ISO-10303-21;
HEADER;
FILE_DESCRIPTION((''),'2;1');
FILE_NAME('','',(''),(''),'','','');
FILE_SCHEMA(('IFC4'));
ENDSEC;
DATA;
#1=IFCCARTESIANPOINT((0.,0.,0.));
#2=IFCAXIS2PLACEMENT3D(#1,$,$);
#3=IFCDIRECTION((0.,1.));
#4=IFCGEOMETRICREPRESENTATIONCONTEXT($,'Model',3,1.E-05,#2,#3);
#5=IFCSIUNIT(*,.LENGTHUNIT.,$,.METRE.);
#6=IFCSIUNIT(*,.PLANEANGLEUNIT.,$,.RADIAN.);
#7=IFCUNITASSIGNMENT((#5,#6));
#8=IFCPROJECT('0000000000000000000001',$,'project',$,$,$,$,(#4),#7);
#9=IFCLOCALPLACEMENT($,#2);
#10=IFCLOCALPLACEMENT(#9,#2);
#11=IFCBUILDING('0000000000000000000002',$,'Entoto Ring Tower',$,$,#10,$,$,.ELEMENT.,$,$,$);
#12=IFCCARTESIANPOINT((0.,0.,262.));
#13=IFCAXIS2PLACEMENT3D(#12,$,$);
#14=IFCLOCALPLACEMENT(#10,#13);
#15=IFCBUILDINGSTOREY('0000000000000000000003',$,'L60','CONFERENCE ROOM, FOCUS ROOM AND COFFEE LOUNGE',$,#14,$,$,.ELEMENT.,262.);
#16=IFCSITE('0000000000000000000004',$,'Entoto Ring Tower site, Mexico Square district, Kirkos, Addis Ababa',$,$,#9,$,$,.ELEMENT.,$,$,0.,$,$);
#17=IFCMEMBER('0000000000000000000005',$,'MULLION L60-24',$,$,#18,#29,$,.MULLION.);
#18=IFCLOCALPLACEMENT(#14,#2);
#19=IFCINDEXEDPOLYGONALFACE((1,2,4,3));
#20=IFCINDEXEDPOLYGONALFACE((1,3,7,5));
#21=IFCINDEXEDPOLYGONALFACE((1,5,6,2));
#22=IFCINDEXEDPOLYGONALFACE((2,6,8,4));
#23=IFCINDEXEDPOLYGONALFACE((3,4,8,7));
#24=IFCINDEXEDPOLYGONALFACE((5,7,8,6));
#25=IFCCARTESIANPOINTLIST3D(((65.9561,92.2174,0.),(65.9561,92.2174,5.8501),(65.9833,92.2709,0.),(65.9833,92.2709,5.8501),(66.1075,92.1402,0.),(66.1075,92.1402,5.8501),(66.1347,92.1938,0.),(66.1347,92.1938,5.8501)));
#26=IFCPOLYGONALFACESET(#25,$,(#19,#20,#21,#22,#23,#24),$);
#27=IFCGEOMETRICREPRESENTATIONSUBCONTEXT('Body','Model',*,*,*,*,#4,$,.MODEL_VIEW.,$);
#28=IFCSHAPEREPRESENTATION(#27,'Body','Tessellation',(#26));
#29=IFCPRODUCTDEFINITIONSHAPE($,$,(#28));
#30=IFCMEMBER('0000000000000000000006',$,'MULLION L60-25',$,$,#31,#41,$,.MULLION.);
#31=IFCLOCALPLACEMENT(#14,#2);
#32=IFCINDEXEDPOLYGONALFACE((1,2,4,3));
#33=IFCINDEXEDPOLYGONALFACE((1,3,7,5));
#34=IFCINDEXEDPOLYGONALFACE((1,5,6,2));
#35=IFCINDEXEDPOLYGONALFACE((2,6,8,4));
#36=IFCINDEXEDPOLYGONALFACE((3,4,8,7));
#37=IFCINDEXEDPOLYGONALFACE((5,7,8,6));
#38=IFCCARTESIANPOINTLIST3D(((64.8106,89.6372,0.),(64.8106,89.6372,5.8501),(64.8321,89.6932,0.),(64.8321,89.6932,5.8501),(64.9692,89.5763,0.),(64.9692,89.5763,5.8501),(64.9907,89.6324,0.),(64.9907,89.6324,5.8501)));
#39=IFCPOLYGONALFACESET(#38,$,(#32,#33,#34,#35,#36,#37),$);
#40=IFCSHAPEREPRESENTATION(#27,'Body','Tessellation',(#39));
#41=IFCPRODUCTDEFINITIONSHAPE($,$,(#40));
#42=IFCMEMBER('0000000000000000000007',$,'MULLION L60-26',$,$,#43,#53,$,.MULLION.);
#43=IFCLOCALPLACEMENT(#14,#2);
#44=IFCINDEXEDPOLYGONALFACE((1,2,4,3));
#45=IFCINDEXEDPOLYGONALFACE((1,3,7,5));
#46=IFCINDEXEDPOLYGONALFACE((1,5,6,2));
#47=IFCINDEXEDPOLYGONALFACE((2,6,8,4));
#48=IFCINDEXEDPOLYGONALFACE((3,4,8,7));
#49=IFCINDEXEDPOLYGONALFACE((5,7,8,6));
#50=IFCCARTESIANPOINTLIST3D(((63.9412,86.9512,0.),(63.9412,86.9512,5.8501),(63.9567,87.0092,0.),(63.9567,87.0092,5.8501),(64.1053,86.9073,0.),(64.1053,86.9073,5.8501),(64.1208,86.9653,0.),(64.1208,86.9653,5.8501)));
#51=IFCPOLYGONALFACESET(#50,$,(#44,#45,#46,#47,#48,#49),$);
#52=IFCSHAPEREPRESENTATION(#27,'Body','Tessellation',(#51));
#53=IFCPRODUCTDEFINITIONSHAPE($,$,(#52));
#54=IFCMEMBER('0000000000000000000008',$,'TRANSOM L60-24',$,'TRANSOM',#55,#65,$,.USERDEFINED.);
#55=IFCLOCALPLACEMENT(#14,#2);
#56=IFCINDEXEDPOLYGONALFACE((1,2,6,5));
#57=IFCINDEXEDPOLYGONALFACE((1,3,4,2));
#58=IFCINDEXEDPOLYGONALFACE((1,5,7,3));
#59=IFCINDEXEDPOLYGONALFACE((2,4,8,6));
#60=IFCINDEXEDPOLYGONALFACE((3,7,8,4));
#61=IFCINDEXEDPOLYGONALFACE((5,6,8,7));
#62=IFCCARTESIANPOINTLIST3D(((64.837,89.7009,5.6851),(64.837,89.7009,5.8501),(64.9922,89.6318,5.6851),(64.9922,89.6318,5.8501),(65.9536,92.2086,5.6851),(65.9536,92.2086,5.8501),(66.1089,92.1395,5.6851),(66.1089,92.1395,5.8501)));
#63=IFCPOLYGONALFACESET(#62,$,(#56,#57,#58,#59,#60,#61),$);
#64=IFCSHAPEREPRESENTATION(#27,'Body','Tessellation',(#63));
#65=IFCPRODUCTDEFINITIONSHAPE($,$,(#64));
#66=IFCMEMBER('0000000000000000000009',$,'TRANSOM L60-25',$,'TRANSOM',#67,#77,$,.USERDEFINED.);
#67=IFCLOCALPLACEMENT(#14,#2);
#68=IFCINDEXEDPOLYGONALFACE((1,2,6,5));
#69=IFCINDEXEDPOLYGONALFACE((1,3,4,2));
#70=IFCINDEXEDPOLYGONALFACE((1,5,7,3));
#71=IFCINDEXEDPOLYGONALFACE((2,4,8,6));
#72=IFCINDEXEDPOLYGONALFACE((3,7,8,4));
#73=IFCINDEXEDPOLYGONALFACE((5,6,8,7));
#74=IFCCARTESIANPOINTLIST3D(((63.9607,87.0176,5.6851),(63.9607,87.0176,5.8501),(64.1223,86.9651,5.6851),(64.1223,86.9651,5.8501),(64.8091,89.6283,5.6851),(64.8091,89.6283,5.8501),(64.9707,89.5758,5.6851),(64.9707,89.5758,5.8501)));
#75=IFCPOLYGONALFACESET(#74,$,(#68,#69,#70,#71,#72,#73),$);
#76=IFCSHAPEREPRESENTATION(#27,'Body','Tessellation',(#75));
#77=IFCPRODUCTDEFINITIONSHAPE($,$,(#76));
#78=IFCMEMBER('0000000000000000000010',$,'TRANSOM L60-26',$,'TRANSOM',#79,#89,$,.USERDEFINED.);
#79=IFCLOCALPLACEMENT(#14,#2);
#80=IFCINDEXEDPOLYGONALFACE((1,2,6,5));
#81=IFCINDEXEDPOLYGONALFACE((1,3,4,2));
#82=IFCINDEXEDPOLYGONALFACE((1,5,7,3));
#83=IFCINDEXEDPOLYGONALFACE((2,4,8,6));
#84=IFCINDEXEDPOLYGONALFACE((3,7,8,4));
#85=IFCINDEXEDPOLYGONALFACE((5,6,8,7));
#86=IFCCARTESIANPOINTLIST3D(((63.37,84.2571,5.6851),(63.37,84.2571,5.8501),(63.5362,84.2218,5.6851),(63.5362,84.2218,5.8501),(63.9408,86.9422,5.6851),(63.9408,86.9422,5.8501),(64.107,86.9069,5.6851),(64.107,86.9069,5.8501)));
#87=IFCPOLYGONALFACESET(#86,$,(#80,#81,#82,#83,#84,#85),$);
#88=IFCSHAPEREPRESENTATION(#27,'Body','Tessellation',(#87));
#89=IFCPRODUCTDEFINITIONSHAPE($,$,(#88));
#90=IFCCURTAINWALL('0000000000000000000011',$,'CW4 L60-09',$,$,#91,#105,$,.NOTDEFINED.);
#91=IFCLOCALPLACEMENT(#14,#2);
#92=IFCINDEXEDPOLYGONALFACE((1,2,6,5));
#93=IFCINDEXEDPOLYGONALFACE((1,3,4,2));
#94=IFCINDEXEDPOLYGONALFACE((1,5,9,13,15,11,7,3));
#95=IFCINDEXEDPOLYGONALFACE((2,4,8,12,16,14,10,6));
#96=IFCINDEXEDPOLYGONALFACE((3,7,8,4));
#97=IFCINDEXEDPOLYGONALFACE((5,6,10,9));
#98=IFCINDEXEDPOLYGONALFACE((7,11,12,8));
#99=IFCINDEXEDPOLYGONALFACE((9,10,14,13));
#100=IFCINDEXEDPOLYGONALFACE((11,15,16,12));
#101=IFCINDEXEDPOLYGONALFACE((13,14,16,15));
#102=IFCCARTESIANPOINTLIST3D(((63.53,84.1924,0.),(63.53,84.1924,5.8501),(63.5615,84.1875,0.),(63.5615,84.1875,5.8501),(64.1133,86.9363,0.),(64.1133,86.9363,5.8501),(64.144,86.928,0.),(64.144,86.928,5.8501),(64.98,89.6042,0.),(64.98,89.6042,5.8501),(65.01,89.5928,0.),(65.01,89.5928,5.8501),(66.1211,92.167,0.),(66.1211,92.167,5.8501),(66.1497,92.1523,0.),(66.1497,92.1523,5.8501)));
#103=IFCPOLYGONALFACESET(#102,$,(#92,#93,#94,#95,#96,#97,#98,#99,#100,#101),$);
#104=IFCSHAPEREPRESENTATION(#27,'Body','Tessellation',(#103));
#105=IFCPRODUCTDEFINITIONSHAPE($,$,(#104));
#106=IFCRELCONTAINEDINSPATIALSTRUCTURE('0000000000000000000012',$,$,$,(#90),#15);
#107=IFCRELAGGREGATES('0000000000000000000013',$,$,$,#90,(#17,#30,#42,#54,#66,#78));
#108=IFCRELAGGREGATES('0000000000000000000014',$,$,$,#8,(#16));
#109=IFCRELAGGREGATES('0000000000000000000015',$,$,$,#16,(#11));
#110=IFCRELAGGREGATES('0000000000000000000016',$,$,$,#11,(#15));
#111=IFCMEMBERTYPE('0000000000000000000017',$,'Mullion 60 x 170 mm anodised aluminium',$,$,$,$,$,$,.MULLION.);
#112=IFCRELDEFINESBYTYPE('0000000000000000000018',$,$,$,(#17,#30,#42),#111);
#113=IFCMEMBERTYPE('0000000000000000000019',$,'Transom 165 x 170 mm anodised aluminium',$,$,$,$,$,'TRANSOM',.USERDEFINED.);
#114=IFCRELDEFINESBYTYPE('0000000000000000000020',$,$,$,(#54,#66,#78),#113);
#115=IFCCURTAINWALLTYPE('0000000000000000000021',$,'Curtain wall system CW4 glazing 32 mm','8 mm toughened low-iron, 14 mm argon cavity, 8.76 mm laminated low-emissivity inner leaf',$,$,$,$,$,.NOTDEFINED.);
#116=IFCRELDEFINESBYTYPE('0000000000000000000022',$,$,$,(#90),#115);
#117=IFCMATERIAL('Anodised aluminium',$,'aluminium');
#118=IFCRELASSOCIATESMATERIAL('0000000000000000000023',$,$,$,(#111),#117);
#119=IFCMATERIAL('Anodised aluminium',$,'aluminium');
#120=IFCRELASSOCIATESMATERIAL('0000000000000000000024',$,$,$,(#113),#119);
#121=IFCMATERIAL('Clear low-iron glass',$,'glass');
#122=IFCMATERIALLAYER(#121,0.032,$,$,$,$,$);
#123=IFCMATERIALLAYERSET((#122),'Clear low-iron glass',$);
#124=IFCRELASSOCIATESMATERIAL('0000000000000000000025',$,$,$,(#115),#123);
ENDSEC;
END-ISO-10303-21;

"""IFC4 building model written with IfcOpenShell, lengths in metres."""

from ifc_helpers import new_model, si_unit, direction, frame, origin, origin_2d, place, context, subcontext, project, spatial, polyline, rectangle, outline, extrude, material, layer, layer_set, material_profile, profile_set, type_object, element, aggregate, save


model = new_model("IFC4")

# Units and contexts
model_context = context("Model", 3, precision=1e-05, world=origin(), true_north=direction((0.0, 1.0)))
body_context = subcontext(model_context, "Body", "Model", "MODEL_VIEW")
ifc_project = project(units=[si_unit("LENGTHUNIT", "METRE"), si_unit("PLANEANGLEUNIT", "RADIAN")], contexts=[model_context])

# Members
ifc_material_1 = material(Name="Anodised aluminium", Category="aluminium")
ifc_material_profile_1 = material_profile(ifc_material_1, rectangle(XDim=0.0601, YDim=0.1699, at=origin_2d()), Name="Mullion 60 x 170 mm anodised aluminium")
ifc_profile_set_1 = profile_set([ifc_material_profile_1], Name="Anodised aluminium")
member_type_1 = type_object("IfcMemberType", Name="Mullion 60 x 170 mm anodised aluminium", PredefinedType="MULLION", material=ifc_profile_set_1)
site_placement = place(None, origin())
building_placement = place(site_placement, origin())
storey_placement = place(building_placement, frame((0.0, 0.0, 262.0)))
member_1_placement = place(storey_placement, frame((66.0454, 92.2056, 0.0), z_axis=(0.0, 0.0, 1.0), x_axis=(-0.45399, -0.891007, 0.0)))
member_1 = element("IfcMember", 1, at=member_1_placement, type_object=member_type_1, Name="MULLION L60-24", PredefinedType="MULLION", context=body_context, shape_type="SweptSolid", body=[
    extrude(rectangle(XDim=0.0601, YDim=0.1699, at=origin_2d()), origin(), (0.0, 0.0, 1.0), 5.8501),
])
member_2_placement = place(storey_placement, frame((64.9006, 89.6348, 0.0), z_axis=(0.0, 0.0, 1.0), x_axis=(-0.358368, -0.93358, 0.0)))
member_2 = element("IfcMember", 2, at=member_2_placement, type_object=member_type_1, Name="MULLION L60-25", PredefinedType="MULLION", context=body_context, shape_type="SweptSolid", body=[
    extrude(rectangle(XDim=0.0601, YDim=0.1699, at=origin_2d()), origin(), (0.0, 0.0, 1.0), 5.8501),
])
member_3_placement = place(storey_placement, frame((64.031, 86.9583, 0.0), z_axis=(0.0, 0.0, 1.0), x_axis=(-0.258819, -0.965926, 0.0)))
member_3 = element("IfcMember", 3, at=member_3_placement, type_object=member_type_1, Name="MULLION L60-26", PredefinedType="MULLION", context=body_context, shape_type="SweptSolid", body=[
    extrude(rectangle(XDim=0.0601, YDim=0.1699, at=origin_2d()), origin(), (0.0, 0.0, 1.0), 5.8501),
])
ifc_material_2 = material(Name="Anodised aluminium", Category="aluminium")
ifc_material_profile_2 = material_profile(ifc_material_2, rectangle(XDim=0.1699, YDim=0.165, at=origin_2d()), Name="Transom 165 x 170 mm anodised aluminium")
ifc_profile_set_2 = profile_set([ifc_material_profile_2], Name="Anodised aluminium")
member_type_2 = type_object("IfcMemberType", Name="Transom 165 x 170 mm anodised aluminium", ElementType="TRANSOM", PredefinedType="USERDEFINED", material=ifc_profile_set_2)
member_4_placement = place(storey_placement, frame((66.0312, 92.1741, 5.7676), z_axis=(-0.406782, -0.913525, 0.0), x_axis=(0.913525, -0.406782, 0.0)))
member_4 = element("IfcMember", 4, at=member_4_placement, type_object=member_type_2, Name="TRANSOM L60-24", ObjectType="TRANSOM", PredefinedType="USERDEFINED", context=body_context, shape_type="SweptSolid", body=[
    extrude(rectangle(XDim=0.1699, YDim=0.165, at=origin_2d()), origin(), (0.0, 0.0, 1.0), 2.7451),
])
member_5_placement = place(storey_placement, frame((64.8899, 89.6021, 5.7676), z_axis=(-0.309042, -0.951048, 0.0), x_axis=(0.951048, -0.309042, 0.0)))
member_5 = element("IfcMember", 5, at=member_5_placement, type_object=member_type_2, Name="TRANSOM L60-25", ObjectType="TRANSOM", PredefinedType="USERDEFINED", context=body_context, shape_type="SweptSolid", body=[
    extrude(rectangle(XDim=0.1699, YDim=0.165, at=origin_2d()), origin(), (0.0, 0.0, 1.0), 2.7451),
])
member_6_placement = place(storey_placement, frame((64.0239, 86.9246, 5.7676), z_axis=(-0.207937, -0.978142, 0.0), x_axis=(0.978142, -0.207937, 0.0)))
member_6 = element("IfcMember", 6, at=member_6_placement, type_object=member_type_2, Name="TRANSOM L60-26", ObjectType="TRANSOM", PredefinedType="USERDEFINED", context=body_context, shape_type="SweptSolid", body=[
    extrude(rectangle(XDim=0.1699, YDim=0.165, at=origin_2d()), origin(), (0.0, 0.0, 1.0), 2.7451),
])

# Site, building, storey
site = spatial("IfcSite", under=ifc_project, at=site_placement, Name="Entoto Ring Tower site, Mexico Square district, Kirkos, Addis Ababa", CompositionType="ELEMENT", RefElevation=0.0)
building = spatial("IfcBuilding", under=site, at=building_placement, Name="Entoto Ring Tower", CompositionType="ELEMENT")
storey = spatial("IfcBuildingStorey", under=building, at=storey_placement, Name="L60", Description="CONFERENCE ROOM, FOCUS ROOM AND COFFEE LOUNGE", CompositionType="ELEMENT", Elevation=262.0)

# Curtain wall
ifc_material_3 = material(Name="Clear low-iron glass", Category="glass")
ifc_layer = layer(ifc_material_3, 0.032)
ifc_layer_set = layer_set([ifc_layer], Name="Clear low-iron glass")
curtain_wall_type = type_object("IfcCurtainWallType", Name="Curtain wall system CW4 glazing 32 mm", Description="8 mm toughened low-iron, 14 mm argon cavity, 8.76 mm laminated low-emissivity inner leaf", PredefinedType="NOTDEFINED", material=ifc_layer_set)
curtain_wall_1_placement = place(storey_placement, origin())
curtain_wall_1 = element("IfcCurtainWall", 7, at=curtain_wall_1_placement, inside=storey, type_object=curtain_wall_type, Name="CW4 L60-09", PredefinedType="NOTDEFINED", context=body_context, shape_type="SweptSolid", body=[
    extrude(outline(polyline([(66.1211, 92.167), (64.98, 89.6042), (64.1133, 86.9363), (63.53, 84.1924), (63.5615, 84.1875), (64.144, 86.928), (65.01, 89.5928), (66.1497, 92.1523), (66.1211, 92.167)])), origin(), (0.0, 0.0, 1.0), 5.8501),
])
aggregate(curtain_wall_1, [member_1, member_2, member_3, member_4, member_5, member_6])

save(model, "model.ifc")
